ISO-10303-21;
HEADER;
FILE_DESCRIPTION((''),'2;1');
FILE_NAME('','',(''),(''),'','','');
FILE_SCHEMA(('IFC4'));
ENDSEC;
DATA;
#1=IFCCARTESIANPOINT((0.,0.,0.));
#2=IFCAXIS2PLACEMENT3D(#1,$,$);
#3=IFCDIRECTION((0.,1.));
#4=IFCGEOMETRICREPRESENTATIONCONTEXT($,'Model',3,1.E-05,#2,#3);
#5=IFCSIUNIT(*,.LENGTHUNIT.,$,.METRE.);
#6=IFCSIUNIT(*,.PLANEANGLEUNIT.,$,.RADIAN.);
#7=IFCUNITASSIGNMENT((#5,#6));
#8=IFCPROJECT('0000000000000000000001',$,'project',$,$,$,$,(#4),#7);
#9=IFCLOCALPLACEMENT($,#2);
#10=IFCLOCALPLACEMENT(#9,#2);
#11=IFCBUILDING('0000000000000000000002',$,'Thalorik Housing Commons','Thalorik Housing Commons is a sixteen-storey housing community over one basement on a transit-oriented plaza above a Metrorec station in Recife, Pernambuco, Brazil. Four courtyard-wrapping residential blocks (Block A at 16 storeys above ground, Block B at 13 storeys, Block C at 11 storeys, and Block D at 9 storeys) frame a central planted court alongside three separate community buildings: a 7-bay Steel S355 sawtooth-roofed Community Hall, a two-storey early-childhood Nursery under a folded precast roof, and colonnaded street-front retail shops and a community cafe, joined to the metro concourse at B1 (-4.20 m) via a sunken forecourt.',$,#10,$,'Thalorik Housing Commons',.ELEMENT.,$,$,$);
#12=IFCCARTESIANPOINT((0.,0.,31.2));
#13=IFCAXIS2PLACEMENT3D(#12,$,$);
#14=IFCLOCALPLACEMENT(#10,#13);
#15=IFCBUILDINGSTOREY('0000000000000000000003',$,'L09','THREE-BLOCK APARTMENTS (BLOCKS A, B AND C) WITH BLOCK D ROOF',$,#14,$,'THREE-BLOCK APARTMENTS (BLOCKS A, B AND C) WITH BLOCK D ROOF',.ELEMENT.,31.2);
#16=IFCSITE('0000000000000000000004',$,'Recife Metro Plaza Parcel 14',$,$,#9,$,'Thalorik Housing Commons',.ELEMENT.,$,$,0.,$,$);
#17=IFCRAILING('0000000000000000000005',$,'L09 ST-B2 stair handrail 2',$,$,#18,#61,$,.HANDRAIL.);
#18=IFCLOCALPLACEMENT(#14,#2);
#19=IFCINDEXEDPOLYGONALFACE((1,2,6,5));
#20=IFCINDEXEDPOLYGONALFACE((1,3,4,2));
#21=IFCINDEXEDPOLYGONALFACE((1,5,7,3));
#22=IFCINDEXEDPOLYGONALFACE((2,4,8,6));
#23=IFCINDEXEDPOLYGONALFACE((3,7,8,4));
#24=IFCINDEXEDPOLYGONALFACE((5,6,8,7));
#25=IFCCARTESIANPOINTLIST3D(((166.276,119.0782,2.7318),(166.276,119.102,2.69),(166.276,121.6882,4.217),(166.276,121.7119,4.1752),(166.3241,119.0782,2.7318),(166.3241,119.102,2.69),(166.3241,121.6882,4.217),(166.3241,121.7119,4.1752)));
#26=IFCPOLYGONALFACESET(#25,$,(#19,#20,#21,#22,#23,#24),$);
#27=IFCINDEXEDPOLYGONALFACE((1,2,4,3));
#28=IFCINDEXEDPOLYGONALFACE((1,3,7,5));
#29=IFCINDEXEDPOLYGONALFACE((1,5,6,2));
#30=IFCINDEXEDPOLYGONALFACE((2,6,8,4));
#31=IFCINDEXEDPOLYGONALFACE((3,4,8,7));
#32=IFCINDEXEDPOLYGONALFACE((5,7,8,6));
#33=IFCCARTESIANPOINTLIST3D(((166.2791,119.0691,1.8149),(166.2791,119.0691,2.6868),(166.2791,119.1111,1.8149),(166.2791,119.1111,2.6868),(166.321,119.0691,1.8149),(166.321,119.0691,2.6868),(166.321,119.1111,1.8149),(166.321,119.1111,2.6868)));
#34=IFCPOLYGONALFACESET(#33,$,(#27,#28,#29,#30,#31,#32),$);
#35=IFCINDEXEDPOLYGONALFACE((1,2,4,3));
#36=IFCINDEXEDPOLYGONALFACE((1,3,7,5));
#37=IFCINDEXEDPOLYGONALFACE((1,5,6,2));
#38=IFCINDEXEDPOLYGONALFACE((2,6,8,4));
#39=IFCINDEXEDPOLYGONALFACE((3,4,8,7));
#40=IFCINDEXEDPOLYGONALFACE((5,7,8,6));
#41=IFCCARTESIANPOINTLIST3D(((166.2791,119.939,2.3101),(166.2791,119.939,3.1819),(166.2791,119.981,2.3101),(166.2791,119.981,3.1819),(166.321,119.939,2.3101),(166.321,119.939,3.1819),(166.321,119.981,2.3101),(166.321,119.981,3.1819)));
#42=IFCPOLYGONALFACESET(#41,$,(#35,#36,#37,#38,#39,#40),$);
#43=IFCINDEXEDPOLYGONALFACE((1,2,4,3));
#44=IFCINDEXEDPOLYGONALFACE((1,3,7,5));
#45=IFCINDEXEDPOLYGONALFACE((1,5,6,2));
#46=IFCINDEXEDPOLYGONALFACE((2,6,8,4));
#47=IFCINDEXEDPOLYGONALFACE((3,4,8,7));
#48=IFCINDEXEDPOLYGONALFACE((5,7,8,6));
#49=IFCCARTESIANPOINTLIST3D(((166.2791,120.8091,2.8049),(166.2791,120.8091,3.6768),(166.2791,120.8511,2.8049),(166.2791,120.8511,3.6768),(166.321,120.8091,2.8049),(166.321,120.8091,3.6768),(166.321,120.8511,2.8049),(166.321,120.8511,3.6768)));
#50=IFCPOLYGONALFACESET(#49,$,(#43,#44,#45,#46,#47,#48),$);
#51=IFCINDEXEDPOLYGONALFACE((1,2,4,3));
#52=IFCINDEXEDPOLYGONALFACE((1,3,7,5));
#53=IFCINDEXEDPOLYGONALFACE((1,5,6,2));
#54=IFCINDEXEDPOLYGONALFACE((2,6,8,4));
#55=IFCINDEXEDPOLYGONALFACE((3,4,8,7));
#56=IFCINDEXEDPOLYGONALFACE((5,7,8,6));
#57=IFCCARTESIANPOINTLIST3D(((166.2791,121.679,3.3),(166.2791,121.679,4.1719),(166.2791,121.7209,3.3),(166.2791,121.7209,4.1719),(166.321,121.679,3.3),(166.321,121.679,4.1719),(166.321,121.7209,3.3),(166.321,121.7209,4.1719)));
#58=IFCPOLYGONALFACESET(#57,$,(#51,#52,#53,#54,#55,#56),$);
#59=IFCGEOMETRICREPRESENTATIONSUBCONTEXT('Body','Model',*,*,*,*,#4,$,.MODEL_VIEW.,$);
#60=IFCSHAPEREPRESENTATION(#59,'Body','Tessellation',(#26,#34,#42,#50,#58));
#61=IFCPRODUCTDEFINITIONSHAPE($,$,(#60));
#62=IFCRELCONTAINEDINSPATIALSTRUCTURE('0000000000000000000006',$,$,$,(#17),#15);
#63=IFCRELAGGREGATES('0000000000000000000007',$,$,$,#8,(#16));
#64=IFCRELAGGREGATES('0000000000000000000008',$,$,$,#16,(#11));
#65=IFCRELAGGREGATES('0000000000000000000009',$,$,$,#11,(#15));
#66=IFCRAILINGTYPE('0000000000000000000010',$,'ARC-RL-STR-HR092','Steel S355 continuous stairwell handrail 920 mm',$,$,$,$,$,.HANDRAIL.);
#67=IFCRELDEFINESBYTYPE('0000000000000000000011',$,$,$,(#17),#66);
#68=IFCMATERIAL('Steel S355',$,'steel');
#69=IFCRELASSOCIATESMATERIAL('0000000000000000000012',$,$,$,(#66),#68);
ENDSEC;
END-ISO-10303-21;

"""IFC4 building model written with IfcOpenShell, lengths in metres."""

from ifc_helpers import new_model, si_unit, direction, frame, origin, origin_2d, place, context, subcontext, project, spatial, rectangle, extrude, material, type_object, element, save


model = new_model("IFC4")

# Units and contexts
model_context = context("Model", 3, precision=1e-05, world=origin(), true_north=direction((0.0, 1.0)))
body_context = subcontext(model_context, "Body", "Model", "MODEL_VIEW")
ifc_project = project(units=[si_unit("LENGTHUNIT", "METRE"), si_unit("PLANEANGLEUNIT", "RADIAN")], contexts=[model_context])

# Site, building, storey
site_placement = place(None, origin())
site = spatial("IfcSite", under=ifc_project, at=site_placement, Name="Recife Metro Plaza Parcel 14", LongName="Thalorik Housing Commons", CompositionType="ELEMENT", RefElevation=0.0)
building_placement = place(site_placement, origin())
building = spatial("IfcBuilding", under=site, at=building_placement, Name="Thalorik Housing Commons", Description="Thalorik Housing Commons is a sixteen-storey housing community over one basement on a transit-oriented plaza above a Metrorec station in Recife, Pernambuco, Brazil. Four courtyard-wrapping residential blocks (Block A at 16 storeys above ground, Block B at 13 storeys, Block C at 11 storeys, and Block D at 9 storeys) frame a central planted court alongside three separate community buildings: a 7-bay Steel S355 sawtooth-roofed Community Hall, a two-storey early-childhood Nursery under a folded precast roof, and colonnaded street-front retail shops and a community cafe, joined to the metro concourse at B1 (-4.20 m) via a sunken forecourt.", LongName="Thalorik Housing Commons", CompositionType="ELEMENT")
storey_placement = place(building_placement, frame((0.0, 0.0, 31.2)))
storey = spatial("IfcBuildingStorey", under=building, at=storey_placement, Name="L09", Description="THREE-BLOCK APARTMENTS (BLOCKS A, B AND C) WITH BLOCK D ROOF", LongName="THREE-BLOCK APARTMENTS (BLOCKS A, B AND C) WITH BLOCK D ROOF", CompositionType="ELEMENT", Elevation=31.2)

# Shared definitions
ifc_material_1 = material(Name="Steel S355", Category="steel")

# Railing
railing_type_1 = type_object("IfcRailingType", Name="ARC-RL-STR-HR092", Description="Steel S355 continuous stairwell handrail 920 mm", PredefinedType="HANDRAIL", material=ifc_material_1)
railing_1_placement = place(storey_placement, frame((166.3, 119.0901, 1.8149)))
element("IfcRailing", 1, at=railing_1_placement, inside=storey, type_object=railing_type_1, Name="L09 ST-B2 stair handrail 2", PredefinedType="HANDRAIL", context=body_context, shape_type="SweptSolid", body=[
    extrude(rectangle(XDim=0.0481, YDim=0.0481, at=origin_2d()), frame((0.0, 0.0, 0.896), z_axis=(0.0, 0.869137, 0.494571), x_axis=(-1.0, 0.0, 0.0)), (0.0, 0.0, 1.0), 3.0029),
    extrude(rectangle(XDim=0.042, YDim=0.042, at=origin_2d()), origin(), (0.0, 0.0, 1.0), 0.8718),
    extrude(rectangle(XDim=0.042, YDim=0.042, at=origin_2d()), frame((0.0, 0.8699, 0.4951)), (0.0, 0.0, 1.0), 0.8718),
    extrude(rectangle(XDim=0.042, YDim=0.042, at=origin_2d()), frame((0.0, 1.74, 0.99)), (0.0, 0.0, 1.0), 0.8718),
    extrude(rectangle(XDim=0.042, YDim=0.042, at=origin_2d()), frame((0.0, 2.6099, 1.4851)), (0.0, 0.0, 1.0), 0.8718),
])

save(model, "model.ifc")
